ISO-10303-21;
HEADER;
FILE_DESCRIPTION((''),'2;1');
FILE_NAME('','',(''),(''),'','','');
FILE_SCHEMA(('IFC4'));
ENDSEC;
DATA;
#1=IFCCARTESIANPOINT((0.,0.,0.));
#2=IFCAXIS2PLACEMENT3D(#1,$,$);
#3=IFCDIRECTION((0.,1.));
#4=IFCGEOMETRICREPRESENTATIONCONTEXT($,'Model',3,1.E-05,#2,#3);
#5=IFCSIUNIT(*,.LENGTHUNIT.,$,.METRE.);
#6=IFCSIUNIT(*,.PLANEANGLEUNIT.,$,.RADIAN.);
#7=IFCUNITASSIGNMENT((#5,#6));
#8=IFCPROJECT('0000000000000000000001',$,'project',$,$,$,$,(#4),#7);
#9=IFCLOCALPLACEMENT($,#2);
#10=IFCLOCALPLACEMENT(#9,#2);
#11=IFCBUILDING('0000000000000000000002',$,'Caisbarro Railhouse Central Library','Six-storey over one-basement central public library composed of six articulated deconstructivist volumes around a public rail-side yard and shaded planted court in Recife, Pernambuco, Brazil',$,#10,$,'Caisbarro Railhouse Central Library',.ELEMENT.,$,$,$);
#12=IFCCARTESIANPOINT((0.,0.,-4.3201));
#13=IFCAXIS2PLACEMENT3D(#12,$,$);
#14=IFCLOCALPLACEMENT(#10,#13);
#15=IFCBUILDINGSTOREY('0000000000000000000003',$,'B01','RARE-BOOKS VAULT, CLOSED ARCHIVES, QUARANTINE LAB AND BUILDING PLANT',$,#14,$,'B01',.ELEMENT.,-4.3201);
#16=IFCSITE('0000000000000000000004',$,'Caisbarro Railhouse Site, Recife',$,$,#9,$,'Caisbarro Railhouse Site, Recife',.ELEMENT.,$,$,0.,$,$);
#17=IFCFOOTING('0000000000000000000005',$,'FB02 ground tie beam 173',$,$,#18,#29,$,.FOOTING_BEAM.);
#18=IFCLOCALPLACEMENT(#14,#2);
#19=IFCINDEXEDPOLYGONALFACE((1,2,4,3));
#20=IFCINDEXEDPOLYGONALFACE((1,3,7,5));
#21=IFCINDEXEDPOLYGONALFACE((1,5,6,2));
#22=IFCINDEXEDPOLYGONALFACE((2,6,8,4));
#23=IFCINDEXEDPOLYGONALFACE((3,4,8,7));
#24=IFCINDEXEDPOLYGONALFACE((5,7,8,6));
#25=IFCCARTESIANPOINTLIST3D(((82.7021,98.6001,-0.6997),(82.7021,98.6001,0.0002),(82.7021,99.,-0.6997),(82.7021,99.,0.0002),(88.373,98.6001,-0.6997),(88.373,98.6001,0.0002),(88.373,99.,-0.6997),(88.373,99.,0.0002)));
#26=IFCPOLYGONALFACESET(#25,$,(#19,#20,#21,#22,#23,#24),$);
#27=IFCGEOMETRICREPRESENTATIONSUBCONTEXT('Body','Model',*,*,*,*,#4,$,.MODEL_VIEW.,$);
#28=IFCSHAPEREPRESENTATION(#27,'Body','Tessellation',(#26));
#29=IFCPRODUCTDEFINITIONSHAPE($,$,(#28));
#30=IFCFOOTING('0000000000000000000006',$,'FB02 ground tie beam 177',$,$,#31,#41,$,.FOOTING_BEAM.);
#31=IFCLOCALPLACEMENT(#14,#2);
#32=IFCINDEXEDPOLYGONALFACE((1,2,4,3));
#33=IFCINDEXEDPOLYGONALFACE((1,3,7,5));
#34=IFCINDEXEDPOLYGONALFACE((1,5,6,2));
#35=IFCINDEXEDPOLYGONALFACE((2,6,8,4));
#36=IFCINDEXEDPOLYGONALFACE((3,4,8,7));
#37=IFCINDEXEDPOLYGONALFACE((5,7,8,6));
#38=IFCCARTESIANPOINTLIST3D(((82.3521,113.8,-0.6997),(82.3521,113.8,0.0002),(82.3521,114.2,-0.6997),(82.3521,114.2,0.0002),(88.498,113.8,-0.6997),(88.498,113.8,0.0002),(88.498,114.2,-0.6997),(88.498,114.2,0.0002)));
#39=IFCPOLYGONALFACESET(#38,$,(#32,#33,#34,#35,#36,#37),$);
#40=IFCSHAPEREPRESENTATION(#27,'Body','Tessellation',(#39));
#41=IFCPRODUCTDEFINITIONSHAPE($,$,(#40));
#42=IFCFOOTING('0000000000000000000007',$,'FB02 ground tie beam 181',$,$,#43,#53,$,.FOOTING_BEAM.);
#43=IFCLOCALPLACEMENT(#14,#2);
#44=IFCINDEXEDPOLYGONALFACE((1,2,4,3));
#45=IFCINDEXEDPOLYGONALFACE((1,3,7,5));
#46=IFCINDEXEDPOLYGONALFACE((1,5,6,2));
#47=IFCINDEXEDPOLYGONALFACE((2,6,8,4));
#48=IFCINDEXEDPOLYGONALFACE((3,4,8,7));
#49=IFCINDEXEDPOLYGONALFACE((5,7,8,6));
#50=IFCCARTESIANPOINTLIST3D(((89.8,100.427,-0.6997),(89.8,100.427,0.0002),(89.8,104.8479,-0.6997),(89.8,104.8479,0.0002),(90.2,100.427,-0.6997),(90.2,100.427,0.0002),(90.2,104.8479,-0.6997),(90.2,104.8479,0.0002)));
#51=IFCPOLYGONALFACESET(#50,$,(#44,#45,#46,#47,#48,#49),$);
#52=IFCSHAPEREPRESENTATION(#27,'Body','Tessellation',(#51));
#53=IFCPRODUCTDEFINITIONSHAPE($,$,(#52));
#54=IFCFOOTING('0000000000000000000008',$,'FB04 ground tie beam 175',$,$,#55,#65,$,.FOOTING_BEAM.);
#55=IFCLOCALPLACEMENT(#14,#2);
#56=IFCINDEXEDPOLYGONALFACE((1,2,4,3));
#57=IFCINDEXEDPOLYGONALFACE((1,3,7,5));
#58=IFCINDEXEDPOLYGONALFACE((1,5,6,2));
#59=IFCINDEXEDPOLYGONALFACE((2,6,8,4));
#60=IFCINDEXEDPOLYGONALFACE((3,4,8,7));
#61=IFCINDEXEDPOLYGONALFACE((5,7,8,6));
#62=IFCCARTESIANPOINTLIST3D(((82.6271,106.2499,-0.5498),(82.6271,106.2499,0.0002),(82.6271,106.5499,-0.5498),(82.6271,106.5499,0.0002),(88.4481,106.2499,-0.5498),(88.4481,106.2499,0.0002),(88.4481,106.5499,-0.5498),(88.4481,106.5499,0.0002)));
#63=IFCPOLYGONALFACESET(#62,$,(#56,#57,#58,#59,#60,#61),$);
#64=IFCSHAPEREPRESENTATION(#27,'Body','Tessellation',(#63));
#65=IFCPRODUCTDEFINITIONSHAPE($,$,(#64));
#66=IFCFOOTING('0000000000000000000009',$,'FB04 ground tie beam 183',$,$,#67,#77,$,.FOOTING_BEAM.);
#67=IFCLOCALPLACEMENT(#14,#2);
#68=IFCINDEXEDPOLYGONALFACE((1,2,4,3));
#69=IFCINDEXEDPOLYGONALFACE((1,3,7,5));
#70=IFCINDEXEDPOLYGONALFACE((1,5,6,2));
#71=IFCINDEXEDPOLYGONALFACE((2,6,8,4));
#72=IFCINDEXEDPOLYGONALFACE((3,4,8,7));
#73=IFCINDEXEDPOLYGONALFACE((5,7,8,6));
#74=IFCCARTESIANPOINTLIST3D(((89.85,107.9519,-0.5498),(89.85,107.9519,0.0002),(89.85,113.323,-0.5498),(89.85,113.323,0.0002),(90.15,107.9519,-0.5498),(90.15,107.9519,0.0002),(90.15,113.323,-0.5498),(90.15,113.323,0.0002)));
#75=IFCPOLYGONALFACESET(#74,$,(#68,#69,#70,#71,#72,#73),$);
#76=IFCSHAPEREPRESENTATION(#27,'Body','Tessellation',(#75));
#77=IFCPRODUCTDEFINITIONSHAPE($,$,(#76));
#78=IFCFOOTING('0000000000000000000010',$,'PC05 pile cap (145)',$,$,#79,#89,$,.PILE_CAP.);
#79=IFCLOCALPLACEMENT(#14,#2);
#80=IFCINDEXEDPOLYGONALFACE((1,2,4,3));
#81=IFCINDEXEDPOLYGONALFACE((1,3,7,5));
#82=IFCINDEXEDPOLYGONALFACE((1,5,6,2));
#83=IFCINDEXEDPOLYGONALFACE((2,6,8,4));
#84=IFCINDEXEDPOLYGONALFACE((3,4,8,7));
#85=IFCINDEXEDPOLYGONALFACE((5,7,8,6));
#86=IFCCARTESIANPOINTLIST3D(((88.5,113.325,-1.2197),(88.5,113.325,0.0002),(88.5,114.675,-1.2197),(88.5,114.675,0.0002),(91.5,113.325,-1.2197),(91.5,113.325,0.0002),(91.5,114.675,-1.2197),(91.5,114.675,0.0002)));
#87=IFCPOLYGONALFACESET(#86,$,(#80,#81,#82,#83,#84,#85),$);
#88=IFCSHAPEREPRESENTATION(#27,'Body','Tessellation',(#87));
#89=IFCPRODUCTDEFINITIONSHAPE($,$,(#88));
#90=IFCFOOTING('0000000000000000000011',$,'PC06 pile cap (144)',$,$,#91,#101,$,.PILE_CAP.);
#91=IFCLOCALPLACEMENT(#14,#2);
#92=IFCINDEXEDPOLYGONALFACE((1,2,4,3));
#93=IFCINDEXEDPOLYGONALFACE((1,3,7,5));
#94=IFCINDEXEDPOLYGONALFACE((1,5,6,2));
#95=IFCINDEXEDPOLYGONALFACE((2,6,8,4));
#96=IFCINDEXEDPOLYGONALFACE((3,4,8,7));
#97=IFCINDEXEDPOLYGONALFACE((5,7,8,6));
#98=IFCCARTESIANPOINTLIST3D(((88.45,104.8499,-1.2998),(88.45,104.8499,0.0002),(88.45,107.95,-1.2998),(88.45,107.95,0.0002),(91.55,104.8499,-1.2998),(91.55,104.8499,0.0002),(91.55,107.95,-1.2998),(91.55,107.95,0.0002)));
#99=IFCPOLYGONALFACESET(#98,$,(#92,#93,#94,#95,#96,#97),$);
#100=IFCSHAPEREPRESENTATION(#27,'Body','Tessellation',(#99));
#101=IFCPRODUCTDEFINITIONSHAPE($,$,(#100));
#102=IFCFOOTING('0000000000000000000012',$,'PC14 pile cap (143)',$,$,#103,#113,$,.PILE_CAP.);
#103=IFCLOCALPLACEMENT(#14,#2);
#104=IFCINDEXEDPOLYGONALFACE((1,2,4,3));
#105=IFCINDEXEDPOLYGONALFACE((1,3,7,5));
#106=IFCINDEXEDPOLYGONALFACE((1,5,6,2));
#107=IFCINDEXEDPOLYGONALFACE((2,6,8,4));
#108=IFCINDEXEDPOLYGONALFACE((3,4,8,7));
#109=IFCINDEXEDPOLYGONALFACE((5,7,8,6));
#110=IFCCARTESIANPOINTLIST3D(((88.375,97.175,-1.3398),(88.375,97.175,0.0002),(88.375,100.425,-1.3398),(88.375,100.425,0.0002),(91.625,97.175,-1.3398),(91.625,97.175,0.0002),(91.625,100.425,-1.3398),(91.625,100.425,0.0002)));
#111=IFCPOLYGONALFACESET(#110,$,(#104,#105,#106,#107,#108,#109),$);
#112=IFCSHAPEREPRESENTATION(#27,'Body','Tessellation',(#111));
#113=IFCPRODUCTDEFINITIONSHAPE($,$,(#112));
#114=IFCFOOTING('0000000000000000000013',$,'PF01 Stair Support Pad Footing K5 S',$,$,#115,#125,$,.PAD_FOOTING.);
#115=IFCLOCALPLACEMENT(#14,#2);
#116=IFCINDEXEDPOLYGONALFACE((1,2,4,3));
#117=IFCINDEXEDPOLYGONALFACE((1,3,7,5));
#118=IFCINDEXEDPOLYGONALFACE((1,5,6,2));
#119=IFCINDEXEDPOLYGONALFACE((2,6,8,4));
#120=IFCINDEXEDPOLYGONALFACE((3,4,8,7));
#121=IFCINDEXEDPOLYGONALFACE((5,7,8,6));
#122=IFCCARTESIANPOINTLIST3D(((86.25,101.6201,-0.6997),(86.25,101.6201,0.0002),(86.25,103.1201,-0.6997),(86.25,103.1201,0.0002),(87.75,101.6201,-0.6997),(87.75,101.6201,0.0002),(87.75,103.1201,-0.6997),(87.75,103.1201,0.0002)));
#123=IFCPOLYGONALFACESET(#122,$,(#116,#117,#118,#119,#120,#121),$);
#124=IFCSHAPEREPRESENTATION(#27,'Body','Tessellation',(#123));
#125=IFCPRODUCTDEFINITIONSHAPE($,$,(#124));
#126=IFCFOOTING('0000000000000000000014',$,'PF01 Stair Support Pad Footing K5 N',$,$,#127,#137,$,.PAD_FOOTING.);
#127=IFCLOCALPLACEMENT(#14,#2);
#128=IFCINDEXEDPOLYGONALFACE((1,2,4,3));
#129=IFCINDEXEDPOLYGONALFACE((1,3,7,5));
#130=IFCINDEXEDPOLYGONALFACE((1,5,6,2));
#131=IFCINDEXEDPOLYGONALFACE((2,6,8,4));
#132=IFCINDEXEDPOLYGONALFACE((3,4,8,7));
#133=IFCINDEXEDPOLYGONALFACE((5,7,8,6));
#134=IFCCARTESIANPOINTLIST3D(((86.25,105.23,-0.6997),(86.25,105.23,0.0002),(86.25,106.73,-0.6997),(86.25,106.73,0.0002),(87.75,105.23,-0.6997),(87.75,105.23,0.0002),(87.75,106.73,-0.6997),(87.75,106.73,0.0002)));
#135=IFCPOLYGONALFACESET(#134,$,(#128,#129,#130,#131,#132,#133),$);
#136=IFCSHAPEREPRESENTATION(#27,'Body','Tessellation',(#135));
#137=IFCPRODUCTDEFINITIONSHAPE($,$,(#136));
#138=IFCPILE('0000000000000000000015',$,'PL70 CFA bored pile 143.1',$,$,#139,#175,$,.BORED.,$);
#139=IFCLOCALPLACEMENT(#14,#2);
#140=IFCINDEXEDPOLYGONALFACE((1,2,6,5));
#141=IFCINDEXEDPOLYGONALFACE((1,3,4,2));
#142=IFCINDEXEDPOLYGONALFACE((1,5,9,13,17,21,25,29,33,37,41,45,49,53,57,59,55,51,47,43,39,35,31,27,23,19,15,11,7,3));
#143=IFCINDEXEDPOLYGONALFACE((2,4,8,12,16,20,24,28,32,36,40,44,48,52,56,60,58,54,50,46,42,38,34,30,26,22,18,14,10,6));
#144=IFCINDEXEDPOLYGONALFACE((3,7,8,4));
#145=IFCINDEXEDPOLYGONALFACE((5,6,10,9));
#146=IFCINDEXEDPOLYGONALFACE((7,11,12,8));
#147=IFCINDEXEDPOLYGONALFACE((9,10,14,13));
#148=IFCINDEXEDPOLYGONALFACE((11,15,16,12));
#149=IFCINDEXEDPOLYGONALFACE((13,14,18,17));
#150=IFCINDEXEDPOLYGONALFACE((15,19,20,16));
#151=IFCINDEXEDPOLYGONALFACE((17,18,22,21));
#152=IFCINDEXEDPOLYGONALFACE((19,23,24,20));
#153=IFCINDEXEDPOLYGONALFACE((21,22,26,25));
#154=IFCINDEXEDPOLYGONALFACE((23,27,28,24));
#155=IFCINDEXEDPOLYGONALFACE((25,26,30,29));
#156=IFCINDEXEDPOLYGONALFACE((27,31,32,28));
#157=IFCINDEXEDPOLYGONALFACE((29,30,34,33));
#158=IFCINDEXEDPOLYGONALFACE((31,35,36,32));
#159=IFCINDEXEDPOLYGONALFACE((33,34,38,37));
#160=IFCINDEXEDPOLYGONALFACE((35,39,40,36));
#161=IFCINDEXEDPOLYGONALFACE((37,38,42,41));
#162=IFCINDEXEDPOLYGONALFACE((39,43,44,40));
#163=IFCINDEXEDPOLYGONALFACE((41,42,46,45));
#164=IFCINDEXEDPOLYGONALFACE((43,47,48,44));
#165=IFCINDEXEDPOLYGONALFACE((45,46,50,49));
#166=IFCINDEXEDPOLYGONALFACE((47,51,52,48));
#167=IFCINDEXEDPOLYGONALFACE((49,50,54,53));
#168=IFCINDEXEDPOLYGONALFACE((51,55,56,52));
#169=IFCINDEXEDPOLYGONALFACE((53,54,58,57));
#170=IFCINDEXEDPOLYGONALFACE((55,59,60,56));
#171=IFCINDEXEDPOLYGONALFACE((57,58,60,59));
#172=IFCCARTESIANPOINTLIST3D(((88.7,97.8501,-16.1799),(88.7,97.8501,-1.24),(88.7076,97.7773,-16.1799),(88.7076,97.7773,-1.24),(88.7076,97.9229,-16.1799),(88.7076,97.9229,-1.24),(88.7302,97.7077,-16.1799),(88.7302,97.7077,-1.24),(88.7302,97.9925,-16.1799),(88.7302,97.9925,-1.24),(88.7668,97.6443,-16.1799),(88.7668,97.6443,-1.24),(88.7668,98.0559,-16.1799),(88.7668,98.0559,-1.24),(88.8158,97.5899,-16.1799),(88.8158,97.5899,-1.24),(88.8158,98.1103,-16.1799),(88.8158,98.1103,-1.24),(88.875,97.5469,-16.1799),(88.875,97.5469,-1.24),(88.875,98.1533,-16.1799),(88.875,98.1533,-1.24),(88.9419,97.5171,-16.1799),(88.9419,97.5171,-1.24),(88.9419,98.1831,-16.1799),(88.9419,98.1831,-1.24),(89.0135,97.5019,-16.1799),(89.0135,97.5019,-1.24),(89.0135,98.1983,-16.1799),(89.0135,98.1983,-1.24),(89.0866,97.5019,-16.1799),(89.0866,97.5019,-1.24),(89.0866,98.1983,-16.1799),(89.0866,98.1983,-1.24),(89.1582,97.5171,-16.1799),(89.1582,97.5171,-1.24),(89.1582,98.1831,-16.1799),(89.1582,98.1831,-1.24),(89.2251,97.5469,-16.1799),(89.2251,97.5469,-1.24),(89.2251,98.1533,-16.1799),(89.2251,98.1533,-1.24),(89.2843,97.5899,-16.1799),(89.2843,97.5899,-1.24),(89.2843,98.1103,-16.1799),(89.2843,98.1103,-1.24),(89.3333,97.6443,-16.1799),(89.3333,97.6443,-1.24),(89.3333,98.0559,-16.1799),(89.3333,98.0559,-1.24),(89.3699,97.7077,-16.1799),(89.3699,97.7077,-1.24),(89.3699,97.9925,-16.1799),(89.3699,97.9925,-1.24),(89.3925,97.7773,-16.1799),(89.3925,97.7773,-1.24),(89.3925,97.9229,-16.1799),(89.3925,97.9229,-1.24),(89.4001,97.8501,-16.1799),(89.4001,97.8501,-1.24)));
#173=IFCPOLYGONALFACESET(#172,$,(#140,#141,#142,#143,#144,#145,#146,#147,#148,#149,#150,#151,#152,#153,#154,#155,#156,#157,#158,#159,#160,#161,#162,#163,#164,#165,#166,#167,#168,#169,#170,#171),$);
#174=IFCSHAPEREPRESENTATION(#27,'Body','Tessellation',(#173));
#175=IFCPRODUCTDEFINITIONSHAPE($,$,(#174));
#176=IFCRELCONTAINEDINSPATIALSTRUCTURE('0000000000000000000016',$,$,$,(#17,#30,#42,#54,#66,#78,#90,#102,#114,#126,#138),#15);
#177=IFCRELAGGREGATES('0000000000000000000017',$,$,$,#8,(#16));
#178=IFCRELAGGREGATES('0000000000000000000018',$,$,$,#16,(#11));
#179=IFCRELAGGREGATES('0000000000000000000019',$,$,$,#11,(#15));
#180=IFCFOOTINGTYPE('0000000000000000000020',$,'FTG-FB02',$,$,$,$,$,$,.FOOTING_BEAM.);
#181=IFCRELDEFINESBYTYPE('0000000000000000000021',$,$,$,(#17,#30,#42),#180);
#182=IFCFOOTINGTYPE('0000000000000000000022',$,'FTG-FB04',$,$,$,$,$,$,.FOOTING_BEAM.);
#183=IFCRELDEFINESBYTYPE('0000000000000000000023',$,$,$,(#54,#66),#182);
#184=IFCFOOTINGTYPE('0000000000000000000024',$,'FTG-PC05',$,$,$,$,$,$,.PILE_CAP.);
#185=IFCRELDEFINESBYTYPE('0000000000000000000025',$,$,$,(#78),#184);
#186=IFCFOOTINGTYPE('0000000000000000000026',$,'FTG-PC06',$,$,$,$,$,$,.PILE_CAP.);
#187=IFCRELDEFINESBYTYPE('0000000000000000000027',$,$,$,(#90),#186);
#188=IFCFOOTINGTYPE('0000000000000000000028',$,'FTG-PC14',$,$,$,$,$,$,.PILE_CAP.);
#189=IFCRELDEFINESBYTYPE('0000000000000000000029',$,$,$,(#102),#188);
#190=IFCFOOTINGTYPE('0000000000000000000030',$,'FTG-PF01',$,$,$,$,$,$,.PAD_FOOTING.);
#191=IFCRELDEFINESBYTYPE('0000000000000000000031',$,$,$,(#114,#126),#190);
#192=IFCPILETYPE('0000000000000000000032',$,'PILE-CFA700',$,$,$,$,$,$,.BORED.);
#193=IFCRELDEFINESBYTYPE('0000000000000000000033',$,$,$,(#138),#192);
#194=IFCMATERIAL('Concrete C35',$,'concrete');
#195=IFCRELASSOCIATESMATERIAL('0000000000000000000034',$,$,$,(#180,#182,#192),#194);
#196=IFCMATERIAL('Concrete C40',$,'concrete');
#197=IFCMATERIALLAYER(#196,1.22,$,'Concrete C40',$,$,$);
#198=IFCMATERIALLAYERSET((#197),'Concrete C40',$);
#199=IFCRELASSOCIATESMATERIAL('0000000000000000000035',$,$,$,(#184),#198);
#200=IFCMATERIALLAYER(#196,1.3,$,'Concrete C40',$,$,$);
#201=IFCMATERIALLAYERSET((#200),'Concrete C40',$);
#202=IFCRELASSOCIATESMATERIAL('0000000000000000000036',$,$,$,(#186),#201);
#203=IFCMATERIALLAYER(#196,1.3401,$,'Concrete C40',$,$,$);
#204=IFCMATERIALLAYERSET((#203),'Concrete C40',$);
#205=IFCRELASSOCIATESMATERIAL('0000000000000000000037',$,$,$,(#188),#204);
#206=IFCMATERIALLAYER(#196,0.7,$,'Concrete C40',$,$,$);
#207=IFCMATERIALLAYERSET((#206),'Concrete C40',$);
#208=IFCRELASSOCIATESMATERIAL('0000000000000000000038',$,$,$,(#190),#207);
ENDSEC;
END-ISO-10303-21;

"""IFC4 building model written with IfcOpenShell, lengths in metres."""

from ifc_helpers import new_model, si_unit, direction, frame, origin, origin_2d, place, context, subcontext, project, spatial, rectangle, circle, extrude, material, layer, layer_set, material_profile, profile_set, type_object, element, save


model = new_model("IFC4")

# Units and contexts
model_context = context("Model", 3, precision=1e-05, world=origin(), true_north=direction((0.0, 1.0)))
body_context = subcontext(model_context, "Body", "Model", "MODEL_VIEW")
ifc_project = project(units=[si_unit("LENGTHUNIT", "METRE"), si_unit("PLANEANGLEUNIT", "RADIAN")], contexts=[model_context])

# Site, building, storey
site_placement = place(None, origin())
site = spatial("IfcSite", under=ifc_project, at=site_placement, Name="Caisbarro Railhouse Site, Recife", LongName="Caisbarro Railhouse Site, Recife", CompositionType="ELEMENT", RefElevation=0.0)
building_placement = place(site_placement, origin())
building = spatial("IfcBuilding", under=site, at=building_placement, Name="Caisbarro Railhouse Central Library", Description="Six-storey over one-basement central public library composed of six articulated deconstructivist volumes around a public rail-side yard and shaded planted court in Recife, Pernambuco, Brazil", LongName="Caisbarro Railhouse Central Library", CompositionType="ELEMENT")
storey_placement = place(building_placement, frame((0.0, 0.0, -4.3201)))
storey = spatial("IfcBuildingStorey", under=building, at=storey_placement, Name="B01", Description="RARE-BOOKS VAULT, CLOSED ARCHIVES, QUARANTINE LAB AND BUILDING PLANT", LongName="B01", CompositionType="ELEMENT", Elevation=-4.3201)

# Footings
ifc_material_1 = material(Name="Concrete C35", Category="concrete")
footing_type_1 = type_object("IfcFootingType", Name="FTG-FB02", PredefinedType="FOOTING_BEAM", material=ifc_material_1)
footing_1_placement = place(storey_placement, frame((85.5376, 98.8, -0.6997), z_axis=(0.0, 0.0, 1.0), x_axis=(1.0, 0.0, 0.0)))
element("IfcFooting", 1, at=footing_1_placement, inside=storey, type_object=footing_type_1, Name="FB02 ground tie beam 173", PredefinedType="FOOTING_BEAM", context=body_context, shape_type="SweptSolid", body=[
    extrude(rectangle(XDim=5.6709, YDim=0.3999, at=origin_2d()), origin(), (0.0, 0.0, 1.0), 0.7),
])
footing_2_placement = place(storey_placement, frame((85.425, 114.0, -0.6997), z_axis=(0.0, 0.0, 1.0), x_axis=(1.0, 0.0, 0.0)))
element("IfcFooting", 2, at=footing_2_placement, inside=storey, type_object=footing_type_1, Name="FB02 ground tie beam 177", PredefinedType="FOOTING_BEAM", context=body_context, shape_type="SweptSolid", body=[
    extrude(rectangle(XDim=6.146, YDim=0.3999, at=origin_2d()), origin(), (0.0, 0.0, 1.0), 0.7),
])
footing_3_placement = place(storey_placement, frame((90.0, 102.6375, -0.6997), z_axis=(0.0, 0.0, 1.0), x_axis=(0.0, 1.0, 0.0)))
element("IfcFooting", 3, at=footing_3_placement, inside=storey, type_object=footing_type_1, Name="FB02 ground tie beam 181", PredefinedType="FOOTING_BEAM", context=body_context, shape_type="SweptSolid", body=[
    extrude(rectangle(XDim=4.4209, YDim=0.3999, at=origin_2d()), origin(), (0.0, 0.0, 1.0), 0.7),
])
footing_type_2 = type_object("IfcFootingType", Name="FTG-FB04", PredefinedType="FOOTING_BEAM", material=ifc_material_1)
footing_4_placement = place(storey_placement, frame((85.5376, 106.3999, -0.5498), z_axis=(0.0, 0.0, 1.0), x_axis=(1.0, 0.0, 0.0)))
element("IfcFooting", 4, at=footing_4_placement, inside=storey, type_object=footing_type_2, Name="FB04 ground tie beam 175", PredefinedType="FOOTING_BEAM", context=body_context, shape_type="SweptSolid", body=[
    extrude(rectangle(XDim=5.821, YDim=0.3, at=origin_2d()), origin(), (0.0, 0.0, 1.0), 0.55),
])
footing_5_placement = place(storey_placement, frame((90.0, 110.6375, -0.5498), z_axis=(0.0, 0.0, 1.0), x_axis=(0.0, 1.0, 0.0)))
element("IfcFooting", 5, at=footing_5_placement, inside=storey, type_object=footing_type_2, Name="FB04 ground tie beam 183", PredefinedType="FOOTING_BEAM", context=body_context, shape_type="SweptSolid", body=[
    extrude(rectangle(XDim=5.3711, YDim=0.3, at=origin_2d()), origin(), (0.0, 0.0, 1.0), 0.55),
])
ifc_material_2 = material(Name="Concrete C40", Category="concrete")
ifc_layer_1 = layer(ifc_material_2, 1.22, Name="Concrete C40")
ifc_layer_set_1 = layer_set([ifc_layer_1], Name="Concrete C40")
footing_type_3 = type_object("IfcFootingType", Name="FTG-PC05", PredefinedType="PILE_CAP", material=ifc_layer_set_1)
footing_6_placement = place(storey_placement, frame((90.0, 114.0, -1.2197), z_axis=(0.0, 0.0, 1.0), x_axis=(1.0, 0.0, 0.0)))
element("IfcFooting", 6, at=footing_6_placement, inside=storey, type_object=footing_type_3, Name="PC05 pile cap (145)", PredefinedType="PILE_CAP", context=body_context, shape_type="SweptSolid", body=[
    extrude(rectangle(XDim=3.0, YDim=1.3501, at=origin_2d()), origin(), (0.0, 0.0, 1.0), 1.22),
])
ifc_layer_2 = layer(ifc_material_2, 1.3, Name="Concrete C40")
ifc_layer_set_2 = layer_set([ifc_layer_2], Name="Concrete C40")
footing_type_4 = type_object("IfcFootingType", Name="FTG-PC06", PredefinedType="PILE_CAP", material=ifc_layer_set_2)
footing_7_placement = place(storey_placement, frame((90.0, 106.3999, -1.2998), z_axis=(0.0, 0.0, 1.0), x_axis=(1.0, 0.0, 0.0)))
element("IfcFooting", 7, at=footing_7_placement, inside=storey, type_object=footing_type_4, Name="PC06 pile cap (144)", PredefinedType="PILE_CAP", context=body_context, shape_type="SweptSolid", body=[
    extrude(rectangle(XDim=3.1001, YDim=3.1001, at=origin_2d()), origin(), (0.0, 0.0, 1.0), 1.3),
])
ifc_layer_3 = layer(ifc_material_2, 1.3401, Name="Concrete C40")
ifc_layer_set_3 = layer_set([ifc_layer_3], Name="Concrete C40")
footing_type_5 = type_object("IfcFootingType", Name="FTG-PC14", PredefinedType="PILE_CAP", material=ifc_layer_set_3)
footing_8_placement = place(storey_placement, frame((90.0, 98.8, -1.3398), z_axis=(0.0, 0.0, 1.0), x_axis=(1.0, 0.0, 0.0)))
element("IfcFooting", 8, at=footing_8_placement, inside=storey, type_object=footing_type_5, Name="PC14 pile cap (143)", PredefinedType="PILE_CAP", context=body_context, shape_type="SweptSolid", body=[
    extrude(rectangle(XDim=3.25, YDim=3.25, at=origin_2d()), origin(), (0.0, 0.0, 1.0), 1.3401),
])
ifc_layer_4 = layer(ifc_material_2, 0.7, Name="Concrete C40")
ifc_layer_set_4 = layer_set([ifc_layer_4], Name="Concrete C40")
footing_type_6 = type_object("IfcFootingType", Name="FTG-PF01", PredefinedType="PAD_FOOTING", material=ifc_layer_set_4)
for number, where, z_axis, x_axis, name in (
    (9, (87.0, 102.3701, -0.6997), (0.0, 0.0, 1.0), (1.0, 0.0, 0.0), "PF01 Stair Support Pad Footing K5 S"),
    (10, (87.0, 105.98, -0.6997), (0.0, 0.0, 1.0), (1.0, 0.0, 0.0), "PF01 Stair Support Pad Footing K5 N"),
):
    element("IfcFooting", number, at=place(storey_placement, frame(where, z_axis=z_axis, x_axis=x_axis)), inside=storey, type_object=footing_type_6, Name=name, PredefinedType="PAD_FOOTING", context=body_context, shape_type="SweptSolid", body=[
        extrude(rectangle(XDim=1.5, YDim=1.5, at=origin_2d()), origin(), (0.0, 0.0, 1.0), 0.7),
    ])

# Pile
ifc_material_profile_1 = material_profile(ifc_material_1, circle(Radius=0.3501, at=origin_2d()), Name="PILE-CFA-700")
ifc_profile_set_1 = profile_set([ifc_material_profile_1], Name="Concrete C35")
pile_type_1 = type_object("IfcPileType", Name="PILE-CFA700", PredefinedType="BORED", material=ifc_profile_set_1)
for number, where, z_axis, x_axis, name in (
    (11, (89.05, 97.8501, -1.24), (0.0, 0.0, -1.0), (1.0, 0.0, 0.0), "PL70 CFA bored pile 143.1"),
):
    element("IfcPile", number, at=place(storey_placement, frame(where, z_axis=z_axis, x_axis=x_axis)), inside=storey, type_object=pile_type_1, Name=name, PredefinedType="BORED", context=body_context, shape_type="SweptSolid", body=[
        extrude(circle(Radius=0.3501, at=origin_2d()), origin(), (0.0, 0.0, 1.0), 14.9399),
    ])

save(model, "model.ifc")
